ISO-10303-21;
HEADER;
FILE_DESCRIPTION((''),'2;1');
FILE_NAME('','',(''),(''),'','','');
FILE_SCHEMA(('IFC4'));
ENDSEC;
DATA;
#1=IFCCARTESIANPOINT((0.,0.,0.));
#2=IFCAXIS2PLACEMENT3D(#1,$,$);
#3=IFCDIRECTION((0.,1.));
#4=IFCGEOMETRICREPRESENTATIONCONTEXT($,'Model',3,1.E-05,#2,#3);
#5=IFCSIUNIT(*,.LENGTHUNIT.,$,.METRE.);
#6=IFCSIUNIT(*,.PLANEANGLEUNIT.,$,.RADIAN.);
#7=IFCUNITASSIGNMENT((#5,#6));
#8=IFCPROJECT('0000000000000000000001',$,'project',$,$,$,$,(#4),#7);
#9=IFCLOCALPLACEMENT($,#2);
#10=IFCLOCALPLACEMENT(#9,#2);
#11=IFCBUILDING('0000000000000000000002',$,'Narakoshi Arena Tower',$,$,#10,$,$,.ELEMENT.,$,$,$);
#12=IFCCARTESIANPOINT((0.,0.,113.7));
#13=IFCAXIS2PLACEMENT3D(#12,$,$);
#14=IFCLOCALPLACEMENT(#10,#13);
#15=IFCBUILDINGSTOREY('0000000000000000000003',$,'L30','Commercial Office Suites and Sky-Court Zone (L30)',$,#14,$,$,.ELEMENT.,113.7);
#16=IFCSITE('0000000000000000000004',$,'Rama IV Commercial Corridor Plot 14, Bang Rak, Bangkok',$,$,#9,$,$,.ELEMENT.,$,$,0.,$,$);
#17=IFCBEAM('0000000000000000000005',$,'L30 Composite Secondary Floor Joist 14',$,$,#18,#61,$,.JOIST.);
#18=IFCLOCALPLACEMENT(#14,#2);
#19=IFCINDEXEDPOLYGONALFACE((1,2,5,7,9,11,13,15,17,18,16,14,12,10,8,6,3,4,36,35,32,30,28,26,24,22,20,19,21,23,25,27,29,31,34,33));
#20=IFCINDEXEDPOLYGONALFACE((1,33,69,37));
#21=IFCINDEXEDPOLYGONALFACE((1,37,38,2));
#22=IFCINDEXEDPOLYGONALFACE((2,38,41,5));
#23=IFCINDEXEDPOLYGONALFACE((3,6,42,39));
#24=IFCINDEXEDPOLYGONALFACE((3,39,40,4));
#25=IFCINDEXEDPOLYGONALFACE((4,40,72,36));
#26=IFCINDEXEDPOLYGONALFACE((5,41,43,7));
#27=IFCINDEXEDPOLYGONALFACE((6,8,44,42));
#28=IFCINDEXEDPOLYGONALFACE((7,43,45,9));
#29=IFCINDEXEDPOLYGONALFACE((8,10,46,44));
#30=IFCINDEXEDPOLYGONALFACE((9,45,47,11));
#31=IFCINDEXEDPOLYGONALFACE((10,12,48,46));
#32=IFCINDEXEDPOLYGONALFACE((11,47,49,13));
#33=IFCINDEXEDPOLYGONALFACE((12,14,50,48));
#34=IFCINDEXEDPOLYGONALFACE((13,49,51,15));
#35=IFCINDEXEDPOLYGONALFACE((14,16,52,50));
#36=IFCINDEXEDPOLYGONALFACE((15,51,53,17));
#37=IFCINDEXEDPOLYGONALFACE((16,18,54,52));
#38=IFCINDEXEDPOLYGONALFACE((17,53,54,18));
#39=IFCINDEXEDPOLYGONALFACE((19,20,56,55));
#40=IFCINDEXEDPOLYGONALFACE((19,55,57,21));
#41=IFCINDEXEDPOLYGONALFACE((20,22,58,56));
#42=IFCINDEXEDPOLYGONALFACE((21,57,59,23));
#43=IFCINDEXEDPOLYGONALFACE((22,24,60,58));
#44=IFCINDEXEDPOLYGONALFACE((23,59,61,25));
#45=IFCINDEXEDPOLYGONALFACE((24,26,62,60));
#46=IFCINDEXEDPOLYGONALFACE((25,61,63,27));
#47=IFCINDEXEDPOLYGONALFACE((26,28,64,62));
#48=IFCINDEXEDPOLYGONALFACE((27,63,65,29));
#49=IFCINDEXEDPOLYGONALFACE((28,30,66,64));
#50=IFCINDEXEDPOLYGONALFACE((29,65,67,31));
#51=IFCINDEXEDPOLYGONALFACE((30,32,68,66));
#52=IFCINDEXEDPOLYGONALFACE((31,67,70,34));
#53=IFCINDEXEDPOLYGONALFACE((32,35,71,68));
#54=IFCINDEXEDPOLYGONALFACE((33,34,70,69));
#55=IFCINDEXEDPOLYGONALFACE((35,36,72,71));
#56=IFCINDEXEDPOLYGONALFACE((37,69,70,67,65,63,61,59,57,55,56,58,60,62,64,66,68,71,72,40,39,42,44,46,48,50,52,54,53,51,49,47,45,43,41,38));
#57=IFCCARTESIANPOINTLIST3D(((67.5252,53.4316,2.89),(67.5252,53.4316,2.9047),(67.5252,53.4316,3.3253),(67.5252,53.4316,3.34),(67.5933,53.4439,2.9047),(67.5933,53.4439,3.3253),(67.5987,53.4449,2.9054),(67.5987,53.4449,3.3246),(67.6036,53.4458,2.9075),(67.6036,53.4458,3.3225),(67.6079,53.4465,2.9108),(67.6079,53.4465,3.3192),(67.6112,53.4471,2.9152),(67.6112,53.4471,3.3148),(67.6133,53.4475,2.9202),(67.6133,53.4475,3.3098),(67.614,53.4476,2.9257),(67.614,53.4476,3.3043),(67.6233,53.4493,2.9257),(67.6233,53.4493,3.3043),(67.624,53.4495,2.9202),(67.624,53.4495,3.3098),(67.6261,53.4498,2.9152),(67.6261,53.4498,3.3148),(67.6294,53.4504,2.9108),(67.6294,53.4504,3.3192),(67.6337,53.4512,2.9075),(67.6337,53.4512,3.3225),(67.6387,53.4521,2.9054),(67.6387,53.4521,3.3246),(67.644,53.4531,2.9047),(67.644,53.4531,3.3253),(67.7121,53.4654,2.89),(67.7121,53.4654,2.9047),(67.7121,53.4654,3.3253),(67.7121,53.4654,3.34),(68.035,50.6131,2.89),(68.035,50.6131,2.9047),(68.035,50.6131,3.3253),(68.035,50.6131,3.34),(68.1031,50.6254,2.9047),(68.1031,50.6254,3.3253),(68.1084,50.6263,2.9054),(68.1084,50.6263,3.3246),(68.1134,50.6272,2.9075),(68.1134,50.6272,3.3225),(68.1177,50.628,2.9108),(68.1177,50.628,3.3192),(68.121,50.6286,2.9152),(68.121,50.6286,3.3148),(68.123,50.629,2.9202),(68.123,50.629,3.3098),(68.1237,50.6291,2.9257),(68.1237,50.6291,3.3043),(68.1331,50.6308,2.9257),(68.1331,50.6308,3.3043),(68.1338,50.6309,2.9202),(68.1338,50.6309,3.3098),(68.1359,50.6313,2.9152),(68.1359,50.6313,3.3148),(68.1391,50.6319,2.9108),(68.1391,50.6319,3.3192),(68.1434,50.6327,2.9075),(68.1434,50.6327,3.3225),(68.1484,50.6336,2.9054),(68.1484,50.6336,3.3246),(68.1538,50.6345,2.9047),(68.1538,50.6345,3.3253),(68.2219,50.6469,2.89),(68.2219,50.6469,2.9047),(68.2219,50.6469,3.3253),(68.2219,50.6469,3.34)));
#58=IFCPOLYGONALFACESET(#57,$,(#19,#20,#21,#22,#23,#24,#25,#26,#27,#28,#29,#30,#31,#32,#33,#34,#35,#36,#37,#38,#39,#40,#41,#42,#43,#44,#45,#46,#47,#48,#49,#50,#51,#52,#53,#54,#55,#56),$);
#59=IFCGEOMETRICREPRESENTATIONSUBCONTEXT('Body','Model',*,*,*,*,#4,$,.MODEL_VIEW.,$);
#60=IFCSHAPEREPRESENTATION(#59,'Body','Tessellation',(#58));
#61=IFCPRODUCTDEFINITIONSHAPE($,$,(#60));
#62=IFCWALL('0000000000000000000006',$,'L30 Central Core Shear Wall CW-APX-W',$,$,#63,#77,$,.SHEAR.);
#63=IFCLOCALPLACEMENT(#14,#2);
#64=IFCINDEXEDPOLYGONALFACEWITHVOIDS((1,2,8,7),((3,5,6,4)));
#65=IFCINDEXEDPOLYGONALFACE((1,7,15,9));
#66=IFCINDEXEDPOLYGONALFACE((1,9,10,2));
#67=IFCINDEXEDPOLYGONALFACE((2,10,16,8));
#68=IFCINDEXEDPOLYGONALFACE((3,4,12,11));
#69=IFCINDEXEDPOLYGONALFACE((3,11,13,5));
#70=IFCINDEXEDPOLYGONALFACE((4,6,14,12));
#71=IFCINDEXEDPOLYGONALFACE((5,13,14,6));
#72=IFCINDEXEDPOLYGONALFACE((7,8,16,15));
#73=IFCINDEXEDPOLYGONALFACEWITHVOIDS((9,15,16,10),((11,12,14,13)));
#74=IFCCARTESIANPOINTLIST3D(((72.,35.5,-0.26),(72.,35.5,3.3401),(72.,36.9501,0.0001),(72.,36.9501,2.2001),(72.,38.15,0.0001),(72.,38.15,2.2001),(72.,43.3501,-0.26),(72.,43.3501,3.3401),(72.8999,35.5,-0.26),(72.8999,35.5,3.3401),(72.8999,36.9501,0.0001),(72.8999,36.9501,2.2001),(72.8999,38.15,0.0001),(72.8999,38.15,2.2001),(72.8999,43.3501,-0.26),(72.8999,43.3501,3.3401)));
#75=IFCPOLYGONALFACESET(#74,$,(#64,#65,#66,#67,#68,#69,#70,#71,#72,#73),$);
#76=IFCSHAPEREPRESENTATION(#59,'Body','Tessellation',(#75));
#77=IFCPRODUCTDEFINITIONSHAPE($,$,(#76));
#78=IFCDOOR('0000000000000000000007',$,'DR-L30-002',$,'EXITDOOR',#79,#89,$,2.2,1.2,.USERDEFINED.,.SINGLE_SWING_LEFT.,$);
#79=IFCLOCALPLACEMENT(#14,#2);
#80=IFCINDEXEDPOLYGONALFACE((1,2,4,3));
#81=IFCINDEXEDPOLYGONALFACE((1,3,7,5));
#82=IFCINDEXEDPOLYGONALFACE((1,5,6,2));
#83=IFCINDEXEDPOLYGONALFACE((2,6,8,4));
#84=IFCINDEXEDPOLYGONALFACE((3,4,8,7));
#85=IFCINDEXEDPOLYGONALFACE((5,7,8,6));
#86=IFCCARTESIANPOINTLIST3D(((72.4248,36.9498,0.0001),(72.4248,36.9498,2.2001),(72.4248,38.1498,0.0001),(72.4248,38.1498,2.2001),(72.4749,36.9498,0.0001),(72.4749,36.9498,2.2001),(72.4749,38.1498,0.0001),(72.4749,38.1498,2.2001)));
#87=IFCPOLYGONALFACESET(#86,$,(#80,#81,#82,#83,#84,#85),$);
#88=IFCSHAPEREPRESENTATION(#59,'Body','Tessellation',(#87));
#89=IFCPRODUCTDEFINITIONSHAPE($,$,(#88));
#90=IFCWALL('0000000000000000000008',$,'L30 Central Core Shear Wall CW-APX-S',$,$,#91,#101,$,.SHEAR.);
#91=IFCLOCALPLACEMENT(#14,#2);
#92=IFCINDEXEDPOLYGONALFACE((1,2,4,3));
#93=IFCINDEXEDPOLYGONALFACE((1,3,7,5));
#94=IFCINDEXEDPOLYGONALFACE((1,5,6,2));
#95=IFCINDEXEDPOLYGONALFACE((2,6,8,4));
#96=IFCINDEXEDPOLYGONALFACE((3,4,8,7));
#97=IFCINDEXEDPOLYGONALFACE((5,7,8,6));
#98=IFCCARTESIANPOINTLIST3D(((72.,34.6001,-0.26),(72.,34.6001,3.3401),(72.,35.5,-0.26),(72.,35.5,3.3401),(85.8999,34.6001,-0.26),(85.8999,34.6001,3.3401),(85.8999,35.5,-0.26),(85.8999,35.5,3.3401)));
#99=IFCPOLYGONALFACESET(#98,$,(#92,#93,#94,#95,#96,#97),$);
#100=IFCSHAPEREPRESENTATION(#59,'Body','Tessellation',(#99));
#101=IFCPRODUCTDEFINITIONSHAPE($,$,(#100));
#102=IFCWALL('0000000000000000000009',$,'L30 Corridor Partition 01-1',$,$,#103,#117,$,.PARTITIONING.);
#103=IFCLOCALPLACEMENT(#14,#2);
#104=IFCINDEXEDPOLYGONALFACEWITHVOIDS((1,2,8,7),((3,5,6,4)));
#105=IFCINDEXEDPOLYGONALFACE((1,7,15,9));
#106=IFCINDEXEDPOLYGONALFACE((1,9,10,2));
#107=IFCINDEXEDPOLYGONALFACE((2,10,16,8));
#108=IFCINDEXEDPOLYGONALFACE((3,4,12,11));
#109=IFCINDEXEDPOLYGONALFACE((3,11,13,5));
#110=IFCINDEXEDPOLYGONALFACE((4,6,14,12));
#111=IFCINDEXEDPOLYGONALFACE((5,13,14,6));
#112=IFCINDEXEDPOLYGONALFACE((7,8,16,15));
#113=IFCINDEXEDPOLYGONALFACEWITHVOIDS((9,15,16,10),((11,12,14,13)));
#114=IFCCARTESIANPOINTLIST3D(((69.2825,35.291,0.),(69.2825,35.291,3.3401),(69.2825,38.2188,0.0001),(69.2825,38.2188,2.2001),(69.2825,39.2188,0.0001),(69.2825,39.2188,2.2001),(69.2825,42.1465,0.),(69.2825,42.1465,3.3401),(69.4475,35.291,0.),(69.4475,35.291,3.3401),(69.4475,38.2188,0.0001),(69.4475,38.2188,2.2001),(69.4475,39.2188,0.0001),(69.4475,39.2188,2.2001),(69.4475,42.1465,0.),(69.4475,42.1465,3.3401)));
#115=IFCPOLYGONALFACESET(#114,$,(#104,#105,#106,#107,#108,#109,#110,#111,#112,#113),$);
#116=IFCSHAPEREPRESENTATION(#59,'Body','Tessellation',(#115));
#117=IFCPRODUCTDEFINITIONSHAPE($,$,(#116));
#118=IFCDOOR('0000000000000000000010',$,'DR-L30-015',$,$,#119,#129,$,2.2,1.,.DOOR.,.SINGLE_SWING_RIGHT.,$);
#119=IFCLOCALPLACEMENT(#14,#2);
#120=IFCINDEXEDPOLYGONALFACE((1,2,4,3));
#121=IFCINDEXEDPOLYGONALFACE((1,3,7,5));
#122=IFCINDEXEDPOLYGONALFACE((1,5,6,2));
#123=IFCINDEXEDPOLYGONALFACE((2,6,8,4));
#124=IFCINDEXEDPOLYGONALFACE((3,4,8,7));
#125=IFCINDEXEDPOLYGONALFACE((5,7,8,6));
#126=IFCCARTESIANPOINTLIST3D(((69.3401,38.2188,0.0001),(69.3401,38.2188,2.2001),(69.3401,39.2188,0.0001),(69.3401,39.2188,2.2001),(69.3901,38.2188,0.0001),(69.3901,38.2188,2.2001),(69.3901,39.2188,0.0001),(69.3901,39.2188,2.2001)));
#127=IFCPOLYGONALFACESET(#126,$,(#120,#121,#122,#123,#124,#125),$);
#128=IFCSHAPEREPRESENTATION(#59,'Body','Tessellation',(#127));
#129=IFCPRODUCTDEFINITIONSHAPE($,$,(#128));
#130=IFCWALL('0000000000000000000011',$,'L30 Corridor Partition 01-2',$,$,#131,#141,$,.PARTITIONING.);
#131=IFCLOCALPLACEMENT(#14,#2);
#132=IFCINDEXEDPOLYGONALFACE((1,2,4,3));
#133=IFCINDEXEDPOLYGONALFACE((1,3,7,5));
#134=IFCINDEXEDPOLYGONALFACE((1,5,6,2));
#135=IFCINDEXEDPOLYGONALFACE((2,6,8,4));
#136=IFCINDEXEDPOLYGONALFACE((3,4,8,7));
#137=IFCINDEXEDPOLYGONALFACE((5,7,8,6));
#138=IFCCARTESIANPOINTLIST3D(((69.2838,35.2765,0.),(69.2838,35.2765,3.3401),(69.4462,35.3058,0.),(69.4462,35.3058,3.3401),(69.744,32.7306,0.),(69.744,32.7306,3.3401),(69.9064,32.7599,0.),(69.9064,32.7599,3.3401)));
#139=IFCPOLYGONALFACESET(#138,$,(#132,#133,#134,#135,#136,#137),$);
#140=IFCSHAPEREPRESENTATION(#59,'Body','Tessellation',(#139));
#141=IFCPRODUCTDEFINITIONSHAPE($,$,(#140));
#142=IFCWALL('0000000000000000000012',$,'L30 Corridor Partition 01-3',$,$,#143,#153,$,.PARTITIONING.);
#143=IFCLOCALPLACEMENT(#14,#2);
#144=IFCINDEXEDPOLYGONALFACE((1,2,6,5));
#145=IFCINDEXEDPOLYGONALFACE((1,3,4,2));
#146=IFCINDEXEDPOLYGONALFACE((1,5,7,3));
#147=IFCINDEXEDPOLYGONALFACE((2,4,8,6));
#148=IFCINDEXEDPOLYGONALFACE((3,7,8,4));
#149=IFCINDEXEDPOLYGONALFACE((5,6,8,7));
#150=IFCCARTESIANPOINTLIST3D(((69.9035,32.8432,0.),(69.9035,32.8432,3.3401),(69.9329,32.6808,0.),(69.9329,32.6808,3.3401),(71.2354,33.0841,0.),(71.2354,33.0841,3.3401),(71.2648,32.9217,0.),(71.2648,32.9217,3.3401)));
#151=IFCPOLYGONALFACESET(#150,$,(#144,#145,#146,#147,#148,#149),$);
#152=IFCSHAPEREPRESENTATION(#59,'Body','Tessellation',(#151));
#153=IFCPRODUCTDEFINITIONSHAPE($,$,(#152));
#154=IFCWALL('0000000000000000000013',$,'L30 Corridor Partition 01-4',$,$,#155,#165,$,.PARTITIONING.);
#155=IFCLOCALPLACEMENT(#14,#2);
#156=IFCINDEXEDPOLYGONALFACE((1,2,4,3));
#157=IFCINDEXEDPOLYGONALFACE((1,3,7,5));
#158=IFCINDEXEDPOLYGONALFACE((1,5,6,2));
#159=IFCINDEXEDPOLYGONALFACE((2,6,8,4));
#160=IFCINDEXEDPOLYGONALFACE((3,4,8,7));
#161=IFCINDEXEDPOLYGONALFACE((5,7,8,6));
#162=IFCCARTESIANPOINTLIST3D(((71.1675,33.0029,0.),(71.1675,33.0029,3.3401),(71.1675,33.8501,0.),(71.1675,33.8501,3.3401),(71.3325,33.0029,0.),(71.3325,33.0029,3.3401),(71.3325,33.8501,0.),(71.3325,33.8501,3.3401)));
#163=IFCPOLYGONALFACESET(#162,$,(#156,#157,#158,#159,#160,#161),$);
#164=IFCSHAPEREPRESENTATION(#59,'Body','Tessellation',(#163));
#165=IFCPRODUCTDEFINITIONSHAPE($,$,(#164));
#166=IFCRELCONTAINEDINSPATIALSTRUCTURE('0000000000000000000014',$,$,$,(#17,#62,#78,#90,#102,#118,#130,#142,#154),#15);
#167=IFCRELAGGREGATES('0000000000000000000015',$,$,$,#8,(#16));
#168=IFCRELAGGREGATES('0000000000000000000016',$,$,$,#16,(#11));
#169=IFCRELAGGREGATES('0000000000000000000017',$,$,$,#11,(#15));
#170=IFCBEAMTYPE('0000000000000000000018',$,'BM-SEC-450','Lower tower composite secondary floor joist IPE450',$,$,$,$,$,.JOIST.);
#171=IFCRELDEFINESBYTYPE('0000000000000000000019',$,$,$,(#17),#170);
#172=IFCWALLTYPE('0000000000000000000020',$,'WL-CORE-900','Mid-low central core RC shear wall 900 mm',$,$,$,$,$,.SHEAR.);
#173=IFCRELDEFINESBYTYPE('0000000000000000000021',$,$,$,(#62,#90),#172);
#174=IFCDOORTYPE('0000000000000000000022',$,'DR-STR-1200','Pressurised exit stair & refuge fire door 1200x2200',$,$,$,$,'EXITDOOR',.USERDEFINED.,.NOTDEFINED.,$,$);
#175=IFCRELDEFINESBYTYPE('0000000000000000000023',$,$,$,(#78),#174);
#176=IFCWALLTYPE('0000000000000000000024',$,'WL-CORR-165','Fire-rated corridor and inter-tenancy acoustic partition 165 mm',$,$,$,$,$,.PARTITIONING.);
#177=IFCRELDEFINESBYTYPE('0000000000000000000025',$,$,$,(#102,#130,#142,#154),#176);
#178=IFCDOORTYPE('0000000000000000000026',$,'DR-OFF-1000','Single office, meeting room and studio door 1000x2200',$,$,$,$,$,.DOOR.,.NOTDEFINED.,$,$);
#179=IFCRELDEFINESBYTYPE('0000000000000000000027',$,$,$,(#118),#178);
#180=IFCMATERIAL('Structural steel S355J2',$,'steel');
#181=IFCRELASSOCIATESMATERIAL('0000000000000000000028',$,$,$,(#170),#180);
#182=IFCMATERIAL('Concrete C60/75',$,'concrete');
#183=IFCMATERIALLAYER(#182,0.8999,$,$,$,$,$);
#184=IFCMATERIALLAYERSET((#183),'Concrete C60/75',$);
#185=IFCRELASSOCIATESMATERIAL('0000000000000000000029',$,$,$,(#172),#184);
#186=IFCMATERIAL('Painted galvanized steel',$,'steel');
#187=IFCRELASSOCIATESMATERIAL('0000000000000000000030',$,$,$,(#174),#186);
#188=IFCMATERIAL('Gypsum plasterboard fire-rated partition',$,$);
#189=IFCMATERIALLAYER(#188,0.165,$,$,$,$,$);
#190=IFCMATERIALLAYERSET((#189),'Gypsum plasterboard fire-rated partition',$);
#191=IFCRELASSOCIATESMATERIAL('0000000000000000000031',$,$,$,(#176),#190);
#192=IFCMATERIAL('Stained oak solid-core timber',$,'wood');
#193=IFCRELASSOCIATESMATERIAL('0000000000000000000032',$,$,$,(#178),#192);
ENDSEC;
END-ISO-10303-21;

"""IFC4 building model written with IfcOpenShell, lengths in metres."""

from ifc_helpers import new_model, si_unit, direction, frame, frame_2d, origin, origin_2d, place, context, subcontext, project, spatial, rectangle, i_section, extrude, material, layer, layer_set, material_profile, profile_set, type_object, element, fill, save


model = new_model("IFC4")

# Units and contexts
model_context = context("Model", 3, precision=1e-05, world=origin(), true_north=direction((0.0, 1.0)))
body_context = subcontext(model_context, "Body", "Model", "MODEL_VIEW")
ifc_project = project(units=[si_unit("LENGTHUNIT", "METRE"), si_unit("PLANEANGLEUNIT", "RADIAN")], contexts=[model_context])

# Site, building, storey
site_placement = place(None, origin())
site = spatial("IfcSite", under=ifc_project, at=site_placement, Name="Rama IV Commercial Corridor Plot 14, Bang Rak, Bangkok", CompositionType="ELEMENT", RefElevation=0.0)
building_placement = place(site_placement, origin())
building = spatial("IfcBuilding", under=site, at=building_placement, Name="Narakoshi Arena Tower", CompositionType="ELEMENT")
storey_placement = place(building_placement, frame((0.0, 0.0, 113.7)))
storey = spatial("IfcBuildingStorey", under=building, at=storey_placement, Name="L30", Description="Commercial Office Suites and Sky-Court Zone (L30)", CompositionType="ELEMENT", Elevation=113.7)

# Shared definitions
ifc_material_1 = material(Name="Concrete C60/75", Category="concrete")

# Beam
ifc_material_2 = material(Name="Structural steel S355J2", Category="steel")
ifc_material_profile_1 = material_profile(ifc_material_2, i_section(OverallWidth=0.1899, OverallDepth=0.45, WebThickness=0.0095, FlangeThickness=0.0146, FilletRadius=0.021, at=origin_2d()), Name="IPE450")
ifc_profile_set_1 = profile_set([ifc_material_profile_1], Name="Structural steel S355J2")
beam_type_1 = type_object("IfcBeamType", Name="BM-SEC-450", Description="Lower tower composite secondary floor joist IPE450", PredefinedType="JOIST", material=ifc_profile_set_1)
beam_1_placement = place(storey_placement, frame((67.6187, 53.4485, 3.115), z_axis=(0.17797, -0.984036, 0.0), x_axis=(0.984036, 0.17797, 0.0)))
element("IfcBeam", 1, at=beam_1_placement, inside=storey, type_object=beam_type_1, Name="L30 Composite Secondary Floor Joist 14", PredefinedType="JOIST", context=body_context, shape_type="SweptSolid", body=[
    extrude(i_section(OverallWidth=0.1899, OverallDepth=0.45, WebThickness=0.0095, FlangeThickness=0.0146, FilletRadius=0.021, at=origin_2d()), origin(), (0.0, 0.0, 1.0), 2.8643),
])

# Wall, opening, door
ifc_layer_1 = layer(ifc_material_1, 0.8999)
ifc_layer_set_1 = layer_set([ifc_layer_1], Name="Concrete C60/75")
wall_type_1 = type_object("IfcWallType", Name="WL-CORE-900", Description="Mid-low central core RC shear wall 900 mm", PredefinedType="SHEAR", material=ifc_layer_set_1)
wall_1_placement = place(storey_placement, frame((72.45, 35.5, -0.26), z_axis=(0.0, 0.0, 1.0), x_axis=(0.0, 1.0, 0.0)))
wall_1 = element("IfcWall", 2, at=wall_1_placement, inside=storey, type_object=wall_type_1, Name="L30 Central Core Shear Wall CW-APX-W", PredefinedType="SHEAR", context=body_context, shape_type="SweptSolid", body=[
    extrude(rectangle(XDim=7.8501, YDim=0.8999, at=frame_2d((3.925, 0.0))), origin(), (0.0, 0.0, 1.0), 3.6001),
])
opening_1_placement = place(wall_1_placement, frame((1.45, 0.0, 0.26)))
opening_1 = element("IfcOpeningElement", 3, at=opening_1_placement, cuts=wall_1, PredefinedType="OPENING", context=body_context, shape_type="SweptSolid", body=[
    extrude(rectangle(XDim=1.2, YDim=2.2, at=frame_2d((0.6001, 1.1001))), frame((0.0, 0.46, 0.0), z_axis=(0.0, -1.0, 0.0), x_axis=(1.0, 0.0, 0.0)), (0.0, 0.0, 1.0), 0.9199),
])
ifc_material_3 = material(Name="Painted galvanized steel", Category="steel")
door_type_1 = type_object("IfcDoorType", Name="DR-STR-1200", Description="Pressurised exit stair & refuge fire door 1200x2200", ElementType="EXITDOOR", OperationType="NOTDEFINED", PredefinedType="USERDEFINED", material=ifc_material_3)
door_1_placement = place(opening_1_placement, frame((1.2, 0.0, 0.0), z_axis=(0.0, 0.0, 1.0), x_axis=(-1.0, 0.0, 0.0)))
door_1 = element("IfcDoor", 4, at=door_1_placement, inside=storey, type_object=door_type_1, Name="DR-L30-002", ObjectType="EXITDOOR", OperationType="SINGLE_SWING_LEFT", OverallHeight=2.2, OverallWidth=1.2, PredefinedType="USERDEFINED", context=body_context, shape_type="SweptSolid", body=[
    extrude(rectangle(XDim=1.2, YDim=2.2, at=frame_2d((0.6001, 1.1001))), frame((0.0, 0.0249, 0.0), z_axis=(0.0, -1.0, 0.0), x_axis=(1.0, 0.0, 0.0)), (0.0, 0.0, 1.0), 0.05),
])
fill(opening_1, door_1)

# Wall
wall_2_placement = place(storey_placement, frame((72.0, 35.05, -0.26), z_axis=(0.0, 0.0, 1.0), x_axis=(1.0, 0.0, 0.0)))
element("IfcWall", 5, at=wall_2_placement, inside=storey, type_object=wall_type_1, Name="L30 Central Core Shear Wall CW-APX-S", PredefinedType="SHEAR", context=body_context, shape_type="SweptSolid", body=[
    extrude(rectangle(XDim=13.8999, YDim=0.8999, at=frame_2d((6.95, 0.0))), origin(), (0.0, 0.0, 1.0), 3.6001),
])

# Wall, opening, door
ifc_material_4 = material(Name="Gypsum plasterboard fire-rated partition")
ifc_layer_2 = layer(ifc_material_4, 0.165)
ifc_layer_set_2 = layer_set([ifc_layer_2], Name="Gypsum plasterboard fire-rated partition")
wall_type_2 = type_object("IfcWallType", Name="WL-CORR-165", Description="Fire-rated corridor and inter-tenancy acoustic partition 165 mm", PredefinedType="PARTITIONING", material=ifc_layer_set_2)
wall_3_placement = place(storey_placement, frame((69.365, 42.1465, 0.0), z_axis=(0.0, 0.0, 1.0), x_axis=(0.0, -1.0, 0.0)))
wall_3 = element("IfcWall", 6, at=wall_3_placement, inside=storey, type_object=wall_type_2, Name="L30 Corridor Partition 01-1", PredefinedType="PARTITIONING", context=body_context, shape_type="SweptSolid", body=[
    extrude(rectangle(XDim=6.8555, YDim=0.165, at=frame_2d((3.4277, 0.0))), origin(), (0.0, 0.0, 1.0), 3.3401),
])
opening_2_placement = place(wall_3_placement, frame((2.9277, 0.0, 0.0)))
opening_2 = element("IfcOpeningElement", 7, at=opening_2_placement, cuts=wall_3, PredefinedType="OPENING", context=body_context, shape_type="SweptSolid", body=[
    extrude(rectangle(XDim=1.0, YDim=2.2, at=frame_2d((0.5, 1.1001))), frame((0.0, 0.0925, 0.0), z_axis=(0.0, -1.0, 0.0), x_axis=(1.0, 0.0, 0.0)), (0.0, 0.0, 1.0), 0.1851),
])
ifc_material_5 = material(Name="Stained oak solid-core timber", Category="wood")
door_type_2 = type_object("IfcDoorType", Name="DR-OFF-1000", Description="Single office, meeting room and studio door 1000x2200", OperationType="NOTDEFINED", PredefinedType="DOOR", material=ifc_material_5)
door_2_placement = place(opening_2_placement, frame((1.0, 0.0, 0.0), z_axis=(0.0, 0.0, 1.0), x_axis=(-1.0, 0.0, 0.0)))
door_2 = element("IfcDoor", 8, at=door_2_placement, inside=storey, type_object=door_type_2, Name="DR-L30-015", OperationType="SINGLE_SWING_RIGHT", OverallHeight=2.2, OverallWidth=1.0, PredefinedType="DOOR", context=body_context, shape_type="SweptSolid", body=[
    extrude(rectangle(XDim=1.0, YDim=2.2, at=frame_2d((0.5, 1.1001))), frame((0.0, 0.0249, 0.0), z_axis=(0.0, -1.0, 0.0), x_axis=(1.0, 0.0, 0.0)), (0.0, 0.0, 1.0), 0.05),
])
fill(opening_2, door_2)

# Walls
wall_4_placement = place(storey_placement, frame((69.365, 35.291, 0.0), z_axis=(0.0, 0.0, 1.0), x_axis=(0.177881, -0.984052, 0.0)))
element("IfcWall", 9, at=wall_4_placement, inside=storey, type_object=wall_type_2, Name="L30 Corridor Partition 01-2", PredefinedType="PARTITIONING", context=body_context, shape_type="SweptSolid", body=[
    extrude(rectangle(XDim=2.5872, YDim=0.165, at=frame_2d((1.2935, 0.0))), origin(), (0.0, 0.0, 1.0), 3.3401),
])
wall_5_placement = place(storey_placement, frame((69.9182, 32.762, 0.0), z_axis=(0.0, 0.0, 1.0), x_axis=(0.984023, 0.178044, 0.0)))
element("IfcWall", 10, at=wall_5_placement, inside=storey, type_object=wall_type_2, Name="L30 Corridor Partition 01-3", PredefinedType="PARTITIONING", context=body_context, shape_type="SweptSolid", body=[
    extrude(rectangle(XDim=1.3535, YDim=0.165, at=frame_2d((0.6768, 0.0))), origin(), (0.0, 0.0, 1.0), 3.3401),
])
wall_6_placement = place(storey_placement, frame((71.25, 33.0029, 0.0), z_axis=(0.0, 0.0, 1.0), x_axis=(0.0, 1.0, 0.0)))
element("IfcWall", 11, at=wall_6_placement, inside=storey, type_object=wall_type_2, Name="L30 Corridor Partition 01-4", PredefinedType="PARTITIONING", context=body_context, shape_type="SweptSolid", body=[
    extrude(rectangle(XDim=0.8472, YDim=0.165, at=frame_2d((0.4236, 0.0))), origin(), (0.0, 0.0, 1.0), 3.3401),
])

save(model, "model.ifc")
